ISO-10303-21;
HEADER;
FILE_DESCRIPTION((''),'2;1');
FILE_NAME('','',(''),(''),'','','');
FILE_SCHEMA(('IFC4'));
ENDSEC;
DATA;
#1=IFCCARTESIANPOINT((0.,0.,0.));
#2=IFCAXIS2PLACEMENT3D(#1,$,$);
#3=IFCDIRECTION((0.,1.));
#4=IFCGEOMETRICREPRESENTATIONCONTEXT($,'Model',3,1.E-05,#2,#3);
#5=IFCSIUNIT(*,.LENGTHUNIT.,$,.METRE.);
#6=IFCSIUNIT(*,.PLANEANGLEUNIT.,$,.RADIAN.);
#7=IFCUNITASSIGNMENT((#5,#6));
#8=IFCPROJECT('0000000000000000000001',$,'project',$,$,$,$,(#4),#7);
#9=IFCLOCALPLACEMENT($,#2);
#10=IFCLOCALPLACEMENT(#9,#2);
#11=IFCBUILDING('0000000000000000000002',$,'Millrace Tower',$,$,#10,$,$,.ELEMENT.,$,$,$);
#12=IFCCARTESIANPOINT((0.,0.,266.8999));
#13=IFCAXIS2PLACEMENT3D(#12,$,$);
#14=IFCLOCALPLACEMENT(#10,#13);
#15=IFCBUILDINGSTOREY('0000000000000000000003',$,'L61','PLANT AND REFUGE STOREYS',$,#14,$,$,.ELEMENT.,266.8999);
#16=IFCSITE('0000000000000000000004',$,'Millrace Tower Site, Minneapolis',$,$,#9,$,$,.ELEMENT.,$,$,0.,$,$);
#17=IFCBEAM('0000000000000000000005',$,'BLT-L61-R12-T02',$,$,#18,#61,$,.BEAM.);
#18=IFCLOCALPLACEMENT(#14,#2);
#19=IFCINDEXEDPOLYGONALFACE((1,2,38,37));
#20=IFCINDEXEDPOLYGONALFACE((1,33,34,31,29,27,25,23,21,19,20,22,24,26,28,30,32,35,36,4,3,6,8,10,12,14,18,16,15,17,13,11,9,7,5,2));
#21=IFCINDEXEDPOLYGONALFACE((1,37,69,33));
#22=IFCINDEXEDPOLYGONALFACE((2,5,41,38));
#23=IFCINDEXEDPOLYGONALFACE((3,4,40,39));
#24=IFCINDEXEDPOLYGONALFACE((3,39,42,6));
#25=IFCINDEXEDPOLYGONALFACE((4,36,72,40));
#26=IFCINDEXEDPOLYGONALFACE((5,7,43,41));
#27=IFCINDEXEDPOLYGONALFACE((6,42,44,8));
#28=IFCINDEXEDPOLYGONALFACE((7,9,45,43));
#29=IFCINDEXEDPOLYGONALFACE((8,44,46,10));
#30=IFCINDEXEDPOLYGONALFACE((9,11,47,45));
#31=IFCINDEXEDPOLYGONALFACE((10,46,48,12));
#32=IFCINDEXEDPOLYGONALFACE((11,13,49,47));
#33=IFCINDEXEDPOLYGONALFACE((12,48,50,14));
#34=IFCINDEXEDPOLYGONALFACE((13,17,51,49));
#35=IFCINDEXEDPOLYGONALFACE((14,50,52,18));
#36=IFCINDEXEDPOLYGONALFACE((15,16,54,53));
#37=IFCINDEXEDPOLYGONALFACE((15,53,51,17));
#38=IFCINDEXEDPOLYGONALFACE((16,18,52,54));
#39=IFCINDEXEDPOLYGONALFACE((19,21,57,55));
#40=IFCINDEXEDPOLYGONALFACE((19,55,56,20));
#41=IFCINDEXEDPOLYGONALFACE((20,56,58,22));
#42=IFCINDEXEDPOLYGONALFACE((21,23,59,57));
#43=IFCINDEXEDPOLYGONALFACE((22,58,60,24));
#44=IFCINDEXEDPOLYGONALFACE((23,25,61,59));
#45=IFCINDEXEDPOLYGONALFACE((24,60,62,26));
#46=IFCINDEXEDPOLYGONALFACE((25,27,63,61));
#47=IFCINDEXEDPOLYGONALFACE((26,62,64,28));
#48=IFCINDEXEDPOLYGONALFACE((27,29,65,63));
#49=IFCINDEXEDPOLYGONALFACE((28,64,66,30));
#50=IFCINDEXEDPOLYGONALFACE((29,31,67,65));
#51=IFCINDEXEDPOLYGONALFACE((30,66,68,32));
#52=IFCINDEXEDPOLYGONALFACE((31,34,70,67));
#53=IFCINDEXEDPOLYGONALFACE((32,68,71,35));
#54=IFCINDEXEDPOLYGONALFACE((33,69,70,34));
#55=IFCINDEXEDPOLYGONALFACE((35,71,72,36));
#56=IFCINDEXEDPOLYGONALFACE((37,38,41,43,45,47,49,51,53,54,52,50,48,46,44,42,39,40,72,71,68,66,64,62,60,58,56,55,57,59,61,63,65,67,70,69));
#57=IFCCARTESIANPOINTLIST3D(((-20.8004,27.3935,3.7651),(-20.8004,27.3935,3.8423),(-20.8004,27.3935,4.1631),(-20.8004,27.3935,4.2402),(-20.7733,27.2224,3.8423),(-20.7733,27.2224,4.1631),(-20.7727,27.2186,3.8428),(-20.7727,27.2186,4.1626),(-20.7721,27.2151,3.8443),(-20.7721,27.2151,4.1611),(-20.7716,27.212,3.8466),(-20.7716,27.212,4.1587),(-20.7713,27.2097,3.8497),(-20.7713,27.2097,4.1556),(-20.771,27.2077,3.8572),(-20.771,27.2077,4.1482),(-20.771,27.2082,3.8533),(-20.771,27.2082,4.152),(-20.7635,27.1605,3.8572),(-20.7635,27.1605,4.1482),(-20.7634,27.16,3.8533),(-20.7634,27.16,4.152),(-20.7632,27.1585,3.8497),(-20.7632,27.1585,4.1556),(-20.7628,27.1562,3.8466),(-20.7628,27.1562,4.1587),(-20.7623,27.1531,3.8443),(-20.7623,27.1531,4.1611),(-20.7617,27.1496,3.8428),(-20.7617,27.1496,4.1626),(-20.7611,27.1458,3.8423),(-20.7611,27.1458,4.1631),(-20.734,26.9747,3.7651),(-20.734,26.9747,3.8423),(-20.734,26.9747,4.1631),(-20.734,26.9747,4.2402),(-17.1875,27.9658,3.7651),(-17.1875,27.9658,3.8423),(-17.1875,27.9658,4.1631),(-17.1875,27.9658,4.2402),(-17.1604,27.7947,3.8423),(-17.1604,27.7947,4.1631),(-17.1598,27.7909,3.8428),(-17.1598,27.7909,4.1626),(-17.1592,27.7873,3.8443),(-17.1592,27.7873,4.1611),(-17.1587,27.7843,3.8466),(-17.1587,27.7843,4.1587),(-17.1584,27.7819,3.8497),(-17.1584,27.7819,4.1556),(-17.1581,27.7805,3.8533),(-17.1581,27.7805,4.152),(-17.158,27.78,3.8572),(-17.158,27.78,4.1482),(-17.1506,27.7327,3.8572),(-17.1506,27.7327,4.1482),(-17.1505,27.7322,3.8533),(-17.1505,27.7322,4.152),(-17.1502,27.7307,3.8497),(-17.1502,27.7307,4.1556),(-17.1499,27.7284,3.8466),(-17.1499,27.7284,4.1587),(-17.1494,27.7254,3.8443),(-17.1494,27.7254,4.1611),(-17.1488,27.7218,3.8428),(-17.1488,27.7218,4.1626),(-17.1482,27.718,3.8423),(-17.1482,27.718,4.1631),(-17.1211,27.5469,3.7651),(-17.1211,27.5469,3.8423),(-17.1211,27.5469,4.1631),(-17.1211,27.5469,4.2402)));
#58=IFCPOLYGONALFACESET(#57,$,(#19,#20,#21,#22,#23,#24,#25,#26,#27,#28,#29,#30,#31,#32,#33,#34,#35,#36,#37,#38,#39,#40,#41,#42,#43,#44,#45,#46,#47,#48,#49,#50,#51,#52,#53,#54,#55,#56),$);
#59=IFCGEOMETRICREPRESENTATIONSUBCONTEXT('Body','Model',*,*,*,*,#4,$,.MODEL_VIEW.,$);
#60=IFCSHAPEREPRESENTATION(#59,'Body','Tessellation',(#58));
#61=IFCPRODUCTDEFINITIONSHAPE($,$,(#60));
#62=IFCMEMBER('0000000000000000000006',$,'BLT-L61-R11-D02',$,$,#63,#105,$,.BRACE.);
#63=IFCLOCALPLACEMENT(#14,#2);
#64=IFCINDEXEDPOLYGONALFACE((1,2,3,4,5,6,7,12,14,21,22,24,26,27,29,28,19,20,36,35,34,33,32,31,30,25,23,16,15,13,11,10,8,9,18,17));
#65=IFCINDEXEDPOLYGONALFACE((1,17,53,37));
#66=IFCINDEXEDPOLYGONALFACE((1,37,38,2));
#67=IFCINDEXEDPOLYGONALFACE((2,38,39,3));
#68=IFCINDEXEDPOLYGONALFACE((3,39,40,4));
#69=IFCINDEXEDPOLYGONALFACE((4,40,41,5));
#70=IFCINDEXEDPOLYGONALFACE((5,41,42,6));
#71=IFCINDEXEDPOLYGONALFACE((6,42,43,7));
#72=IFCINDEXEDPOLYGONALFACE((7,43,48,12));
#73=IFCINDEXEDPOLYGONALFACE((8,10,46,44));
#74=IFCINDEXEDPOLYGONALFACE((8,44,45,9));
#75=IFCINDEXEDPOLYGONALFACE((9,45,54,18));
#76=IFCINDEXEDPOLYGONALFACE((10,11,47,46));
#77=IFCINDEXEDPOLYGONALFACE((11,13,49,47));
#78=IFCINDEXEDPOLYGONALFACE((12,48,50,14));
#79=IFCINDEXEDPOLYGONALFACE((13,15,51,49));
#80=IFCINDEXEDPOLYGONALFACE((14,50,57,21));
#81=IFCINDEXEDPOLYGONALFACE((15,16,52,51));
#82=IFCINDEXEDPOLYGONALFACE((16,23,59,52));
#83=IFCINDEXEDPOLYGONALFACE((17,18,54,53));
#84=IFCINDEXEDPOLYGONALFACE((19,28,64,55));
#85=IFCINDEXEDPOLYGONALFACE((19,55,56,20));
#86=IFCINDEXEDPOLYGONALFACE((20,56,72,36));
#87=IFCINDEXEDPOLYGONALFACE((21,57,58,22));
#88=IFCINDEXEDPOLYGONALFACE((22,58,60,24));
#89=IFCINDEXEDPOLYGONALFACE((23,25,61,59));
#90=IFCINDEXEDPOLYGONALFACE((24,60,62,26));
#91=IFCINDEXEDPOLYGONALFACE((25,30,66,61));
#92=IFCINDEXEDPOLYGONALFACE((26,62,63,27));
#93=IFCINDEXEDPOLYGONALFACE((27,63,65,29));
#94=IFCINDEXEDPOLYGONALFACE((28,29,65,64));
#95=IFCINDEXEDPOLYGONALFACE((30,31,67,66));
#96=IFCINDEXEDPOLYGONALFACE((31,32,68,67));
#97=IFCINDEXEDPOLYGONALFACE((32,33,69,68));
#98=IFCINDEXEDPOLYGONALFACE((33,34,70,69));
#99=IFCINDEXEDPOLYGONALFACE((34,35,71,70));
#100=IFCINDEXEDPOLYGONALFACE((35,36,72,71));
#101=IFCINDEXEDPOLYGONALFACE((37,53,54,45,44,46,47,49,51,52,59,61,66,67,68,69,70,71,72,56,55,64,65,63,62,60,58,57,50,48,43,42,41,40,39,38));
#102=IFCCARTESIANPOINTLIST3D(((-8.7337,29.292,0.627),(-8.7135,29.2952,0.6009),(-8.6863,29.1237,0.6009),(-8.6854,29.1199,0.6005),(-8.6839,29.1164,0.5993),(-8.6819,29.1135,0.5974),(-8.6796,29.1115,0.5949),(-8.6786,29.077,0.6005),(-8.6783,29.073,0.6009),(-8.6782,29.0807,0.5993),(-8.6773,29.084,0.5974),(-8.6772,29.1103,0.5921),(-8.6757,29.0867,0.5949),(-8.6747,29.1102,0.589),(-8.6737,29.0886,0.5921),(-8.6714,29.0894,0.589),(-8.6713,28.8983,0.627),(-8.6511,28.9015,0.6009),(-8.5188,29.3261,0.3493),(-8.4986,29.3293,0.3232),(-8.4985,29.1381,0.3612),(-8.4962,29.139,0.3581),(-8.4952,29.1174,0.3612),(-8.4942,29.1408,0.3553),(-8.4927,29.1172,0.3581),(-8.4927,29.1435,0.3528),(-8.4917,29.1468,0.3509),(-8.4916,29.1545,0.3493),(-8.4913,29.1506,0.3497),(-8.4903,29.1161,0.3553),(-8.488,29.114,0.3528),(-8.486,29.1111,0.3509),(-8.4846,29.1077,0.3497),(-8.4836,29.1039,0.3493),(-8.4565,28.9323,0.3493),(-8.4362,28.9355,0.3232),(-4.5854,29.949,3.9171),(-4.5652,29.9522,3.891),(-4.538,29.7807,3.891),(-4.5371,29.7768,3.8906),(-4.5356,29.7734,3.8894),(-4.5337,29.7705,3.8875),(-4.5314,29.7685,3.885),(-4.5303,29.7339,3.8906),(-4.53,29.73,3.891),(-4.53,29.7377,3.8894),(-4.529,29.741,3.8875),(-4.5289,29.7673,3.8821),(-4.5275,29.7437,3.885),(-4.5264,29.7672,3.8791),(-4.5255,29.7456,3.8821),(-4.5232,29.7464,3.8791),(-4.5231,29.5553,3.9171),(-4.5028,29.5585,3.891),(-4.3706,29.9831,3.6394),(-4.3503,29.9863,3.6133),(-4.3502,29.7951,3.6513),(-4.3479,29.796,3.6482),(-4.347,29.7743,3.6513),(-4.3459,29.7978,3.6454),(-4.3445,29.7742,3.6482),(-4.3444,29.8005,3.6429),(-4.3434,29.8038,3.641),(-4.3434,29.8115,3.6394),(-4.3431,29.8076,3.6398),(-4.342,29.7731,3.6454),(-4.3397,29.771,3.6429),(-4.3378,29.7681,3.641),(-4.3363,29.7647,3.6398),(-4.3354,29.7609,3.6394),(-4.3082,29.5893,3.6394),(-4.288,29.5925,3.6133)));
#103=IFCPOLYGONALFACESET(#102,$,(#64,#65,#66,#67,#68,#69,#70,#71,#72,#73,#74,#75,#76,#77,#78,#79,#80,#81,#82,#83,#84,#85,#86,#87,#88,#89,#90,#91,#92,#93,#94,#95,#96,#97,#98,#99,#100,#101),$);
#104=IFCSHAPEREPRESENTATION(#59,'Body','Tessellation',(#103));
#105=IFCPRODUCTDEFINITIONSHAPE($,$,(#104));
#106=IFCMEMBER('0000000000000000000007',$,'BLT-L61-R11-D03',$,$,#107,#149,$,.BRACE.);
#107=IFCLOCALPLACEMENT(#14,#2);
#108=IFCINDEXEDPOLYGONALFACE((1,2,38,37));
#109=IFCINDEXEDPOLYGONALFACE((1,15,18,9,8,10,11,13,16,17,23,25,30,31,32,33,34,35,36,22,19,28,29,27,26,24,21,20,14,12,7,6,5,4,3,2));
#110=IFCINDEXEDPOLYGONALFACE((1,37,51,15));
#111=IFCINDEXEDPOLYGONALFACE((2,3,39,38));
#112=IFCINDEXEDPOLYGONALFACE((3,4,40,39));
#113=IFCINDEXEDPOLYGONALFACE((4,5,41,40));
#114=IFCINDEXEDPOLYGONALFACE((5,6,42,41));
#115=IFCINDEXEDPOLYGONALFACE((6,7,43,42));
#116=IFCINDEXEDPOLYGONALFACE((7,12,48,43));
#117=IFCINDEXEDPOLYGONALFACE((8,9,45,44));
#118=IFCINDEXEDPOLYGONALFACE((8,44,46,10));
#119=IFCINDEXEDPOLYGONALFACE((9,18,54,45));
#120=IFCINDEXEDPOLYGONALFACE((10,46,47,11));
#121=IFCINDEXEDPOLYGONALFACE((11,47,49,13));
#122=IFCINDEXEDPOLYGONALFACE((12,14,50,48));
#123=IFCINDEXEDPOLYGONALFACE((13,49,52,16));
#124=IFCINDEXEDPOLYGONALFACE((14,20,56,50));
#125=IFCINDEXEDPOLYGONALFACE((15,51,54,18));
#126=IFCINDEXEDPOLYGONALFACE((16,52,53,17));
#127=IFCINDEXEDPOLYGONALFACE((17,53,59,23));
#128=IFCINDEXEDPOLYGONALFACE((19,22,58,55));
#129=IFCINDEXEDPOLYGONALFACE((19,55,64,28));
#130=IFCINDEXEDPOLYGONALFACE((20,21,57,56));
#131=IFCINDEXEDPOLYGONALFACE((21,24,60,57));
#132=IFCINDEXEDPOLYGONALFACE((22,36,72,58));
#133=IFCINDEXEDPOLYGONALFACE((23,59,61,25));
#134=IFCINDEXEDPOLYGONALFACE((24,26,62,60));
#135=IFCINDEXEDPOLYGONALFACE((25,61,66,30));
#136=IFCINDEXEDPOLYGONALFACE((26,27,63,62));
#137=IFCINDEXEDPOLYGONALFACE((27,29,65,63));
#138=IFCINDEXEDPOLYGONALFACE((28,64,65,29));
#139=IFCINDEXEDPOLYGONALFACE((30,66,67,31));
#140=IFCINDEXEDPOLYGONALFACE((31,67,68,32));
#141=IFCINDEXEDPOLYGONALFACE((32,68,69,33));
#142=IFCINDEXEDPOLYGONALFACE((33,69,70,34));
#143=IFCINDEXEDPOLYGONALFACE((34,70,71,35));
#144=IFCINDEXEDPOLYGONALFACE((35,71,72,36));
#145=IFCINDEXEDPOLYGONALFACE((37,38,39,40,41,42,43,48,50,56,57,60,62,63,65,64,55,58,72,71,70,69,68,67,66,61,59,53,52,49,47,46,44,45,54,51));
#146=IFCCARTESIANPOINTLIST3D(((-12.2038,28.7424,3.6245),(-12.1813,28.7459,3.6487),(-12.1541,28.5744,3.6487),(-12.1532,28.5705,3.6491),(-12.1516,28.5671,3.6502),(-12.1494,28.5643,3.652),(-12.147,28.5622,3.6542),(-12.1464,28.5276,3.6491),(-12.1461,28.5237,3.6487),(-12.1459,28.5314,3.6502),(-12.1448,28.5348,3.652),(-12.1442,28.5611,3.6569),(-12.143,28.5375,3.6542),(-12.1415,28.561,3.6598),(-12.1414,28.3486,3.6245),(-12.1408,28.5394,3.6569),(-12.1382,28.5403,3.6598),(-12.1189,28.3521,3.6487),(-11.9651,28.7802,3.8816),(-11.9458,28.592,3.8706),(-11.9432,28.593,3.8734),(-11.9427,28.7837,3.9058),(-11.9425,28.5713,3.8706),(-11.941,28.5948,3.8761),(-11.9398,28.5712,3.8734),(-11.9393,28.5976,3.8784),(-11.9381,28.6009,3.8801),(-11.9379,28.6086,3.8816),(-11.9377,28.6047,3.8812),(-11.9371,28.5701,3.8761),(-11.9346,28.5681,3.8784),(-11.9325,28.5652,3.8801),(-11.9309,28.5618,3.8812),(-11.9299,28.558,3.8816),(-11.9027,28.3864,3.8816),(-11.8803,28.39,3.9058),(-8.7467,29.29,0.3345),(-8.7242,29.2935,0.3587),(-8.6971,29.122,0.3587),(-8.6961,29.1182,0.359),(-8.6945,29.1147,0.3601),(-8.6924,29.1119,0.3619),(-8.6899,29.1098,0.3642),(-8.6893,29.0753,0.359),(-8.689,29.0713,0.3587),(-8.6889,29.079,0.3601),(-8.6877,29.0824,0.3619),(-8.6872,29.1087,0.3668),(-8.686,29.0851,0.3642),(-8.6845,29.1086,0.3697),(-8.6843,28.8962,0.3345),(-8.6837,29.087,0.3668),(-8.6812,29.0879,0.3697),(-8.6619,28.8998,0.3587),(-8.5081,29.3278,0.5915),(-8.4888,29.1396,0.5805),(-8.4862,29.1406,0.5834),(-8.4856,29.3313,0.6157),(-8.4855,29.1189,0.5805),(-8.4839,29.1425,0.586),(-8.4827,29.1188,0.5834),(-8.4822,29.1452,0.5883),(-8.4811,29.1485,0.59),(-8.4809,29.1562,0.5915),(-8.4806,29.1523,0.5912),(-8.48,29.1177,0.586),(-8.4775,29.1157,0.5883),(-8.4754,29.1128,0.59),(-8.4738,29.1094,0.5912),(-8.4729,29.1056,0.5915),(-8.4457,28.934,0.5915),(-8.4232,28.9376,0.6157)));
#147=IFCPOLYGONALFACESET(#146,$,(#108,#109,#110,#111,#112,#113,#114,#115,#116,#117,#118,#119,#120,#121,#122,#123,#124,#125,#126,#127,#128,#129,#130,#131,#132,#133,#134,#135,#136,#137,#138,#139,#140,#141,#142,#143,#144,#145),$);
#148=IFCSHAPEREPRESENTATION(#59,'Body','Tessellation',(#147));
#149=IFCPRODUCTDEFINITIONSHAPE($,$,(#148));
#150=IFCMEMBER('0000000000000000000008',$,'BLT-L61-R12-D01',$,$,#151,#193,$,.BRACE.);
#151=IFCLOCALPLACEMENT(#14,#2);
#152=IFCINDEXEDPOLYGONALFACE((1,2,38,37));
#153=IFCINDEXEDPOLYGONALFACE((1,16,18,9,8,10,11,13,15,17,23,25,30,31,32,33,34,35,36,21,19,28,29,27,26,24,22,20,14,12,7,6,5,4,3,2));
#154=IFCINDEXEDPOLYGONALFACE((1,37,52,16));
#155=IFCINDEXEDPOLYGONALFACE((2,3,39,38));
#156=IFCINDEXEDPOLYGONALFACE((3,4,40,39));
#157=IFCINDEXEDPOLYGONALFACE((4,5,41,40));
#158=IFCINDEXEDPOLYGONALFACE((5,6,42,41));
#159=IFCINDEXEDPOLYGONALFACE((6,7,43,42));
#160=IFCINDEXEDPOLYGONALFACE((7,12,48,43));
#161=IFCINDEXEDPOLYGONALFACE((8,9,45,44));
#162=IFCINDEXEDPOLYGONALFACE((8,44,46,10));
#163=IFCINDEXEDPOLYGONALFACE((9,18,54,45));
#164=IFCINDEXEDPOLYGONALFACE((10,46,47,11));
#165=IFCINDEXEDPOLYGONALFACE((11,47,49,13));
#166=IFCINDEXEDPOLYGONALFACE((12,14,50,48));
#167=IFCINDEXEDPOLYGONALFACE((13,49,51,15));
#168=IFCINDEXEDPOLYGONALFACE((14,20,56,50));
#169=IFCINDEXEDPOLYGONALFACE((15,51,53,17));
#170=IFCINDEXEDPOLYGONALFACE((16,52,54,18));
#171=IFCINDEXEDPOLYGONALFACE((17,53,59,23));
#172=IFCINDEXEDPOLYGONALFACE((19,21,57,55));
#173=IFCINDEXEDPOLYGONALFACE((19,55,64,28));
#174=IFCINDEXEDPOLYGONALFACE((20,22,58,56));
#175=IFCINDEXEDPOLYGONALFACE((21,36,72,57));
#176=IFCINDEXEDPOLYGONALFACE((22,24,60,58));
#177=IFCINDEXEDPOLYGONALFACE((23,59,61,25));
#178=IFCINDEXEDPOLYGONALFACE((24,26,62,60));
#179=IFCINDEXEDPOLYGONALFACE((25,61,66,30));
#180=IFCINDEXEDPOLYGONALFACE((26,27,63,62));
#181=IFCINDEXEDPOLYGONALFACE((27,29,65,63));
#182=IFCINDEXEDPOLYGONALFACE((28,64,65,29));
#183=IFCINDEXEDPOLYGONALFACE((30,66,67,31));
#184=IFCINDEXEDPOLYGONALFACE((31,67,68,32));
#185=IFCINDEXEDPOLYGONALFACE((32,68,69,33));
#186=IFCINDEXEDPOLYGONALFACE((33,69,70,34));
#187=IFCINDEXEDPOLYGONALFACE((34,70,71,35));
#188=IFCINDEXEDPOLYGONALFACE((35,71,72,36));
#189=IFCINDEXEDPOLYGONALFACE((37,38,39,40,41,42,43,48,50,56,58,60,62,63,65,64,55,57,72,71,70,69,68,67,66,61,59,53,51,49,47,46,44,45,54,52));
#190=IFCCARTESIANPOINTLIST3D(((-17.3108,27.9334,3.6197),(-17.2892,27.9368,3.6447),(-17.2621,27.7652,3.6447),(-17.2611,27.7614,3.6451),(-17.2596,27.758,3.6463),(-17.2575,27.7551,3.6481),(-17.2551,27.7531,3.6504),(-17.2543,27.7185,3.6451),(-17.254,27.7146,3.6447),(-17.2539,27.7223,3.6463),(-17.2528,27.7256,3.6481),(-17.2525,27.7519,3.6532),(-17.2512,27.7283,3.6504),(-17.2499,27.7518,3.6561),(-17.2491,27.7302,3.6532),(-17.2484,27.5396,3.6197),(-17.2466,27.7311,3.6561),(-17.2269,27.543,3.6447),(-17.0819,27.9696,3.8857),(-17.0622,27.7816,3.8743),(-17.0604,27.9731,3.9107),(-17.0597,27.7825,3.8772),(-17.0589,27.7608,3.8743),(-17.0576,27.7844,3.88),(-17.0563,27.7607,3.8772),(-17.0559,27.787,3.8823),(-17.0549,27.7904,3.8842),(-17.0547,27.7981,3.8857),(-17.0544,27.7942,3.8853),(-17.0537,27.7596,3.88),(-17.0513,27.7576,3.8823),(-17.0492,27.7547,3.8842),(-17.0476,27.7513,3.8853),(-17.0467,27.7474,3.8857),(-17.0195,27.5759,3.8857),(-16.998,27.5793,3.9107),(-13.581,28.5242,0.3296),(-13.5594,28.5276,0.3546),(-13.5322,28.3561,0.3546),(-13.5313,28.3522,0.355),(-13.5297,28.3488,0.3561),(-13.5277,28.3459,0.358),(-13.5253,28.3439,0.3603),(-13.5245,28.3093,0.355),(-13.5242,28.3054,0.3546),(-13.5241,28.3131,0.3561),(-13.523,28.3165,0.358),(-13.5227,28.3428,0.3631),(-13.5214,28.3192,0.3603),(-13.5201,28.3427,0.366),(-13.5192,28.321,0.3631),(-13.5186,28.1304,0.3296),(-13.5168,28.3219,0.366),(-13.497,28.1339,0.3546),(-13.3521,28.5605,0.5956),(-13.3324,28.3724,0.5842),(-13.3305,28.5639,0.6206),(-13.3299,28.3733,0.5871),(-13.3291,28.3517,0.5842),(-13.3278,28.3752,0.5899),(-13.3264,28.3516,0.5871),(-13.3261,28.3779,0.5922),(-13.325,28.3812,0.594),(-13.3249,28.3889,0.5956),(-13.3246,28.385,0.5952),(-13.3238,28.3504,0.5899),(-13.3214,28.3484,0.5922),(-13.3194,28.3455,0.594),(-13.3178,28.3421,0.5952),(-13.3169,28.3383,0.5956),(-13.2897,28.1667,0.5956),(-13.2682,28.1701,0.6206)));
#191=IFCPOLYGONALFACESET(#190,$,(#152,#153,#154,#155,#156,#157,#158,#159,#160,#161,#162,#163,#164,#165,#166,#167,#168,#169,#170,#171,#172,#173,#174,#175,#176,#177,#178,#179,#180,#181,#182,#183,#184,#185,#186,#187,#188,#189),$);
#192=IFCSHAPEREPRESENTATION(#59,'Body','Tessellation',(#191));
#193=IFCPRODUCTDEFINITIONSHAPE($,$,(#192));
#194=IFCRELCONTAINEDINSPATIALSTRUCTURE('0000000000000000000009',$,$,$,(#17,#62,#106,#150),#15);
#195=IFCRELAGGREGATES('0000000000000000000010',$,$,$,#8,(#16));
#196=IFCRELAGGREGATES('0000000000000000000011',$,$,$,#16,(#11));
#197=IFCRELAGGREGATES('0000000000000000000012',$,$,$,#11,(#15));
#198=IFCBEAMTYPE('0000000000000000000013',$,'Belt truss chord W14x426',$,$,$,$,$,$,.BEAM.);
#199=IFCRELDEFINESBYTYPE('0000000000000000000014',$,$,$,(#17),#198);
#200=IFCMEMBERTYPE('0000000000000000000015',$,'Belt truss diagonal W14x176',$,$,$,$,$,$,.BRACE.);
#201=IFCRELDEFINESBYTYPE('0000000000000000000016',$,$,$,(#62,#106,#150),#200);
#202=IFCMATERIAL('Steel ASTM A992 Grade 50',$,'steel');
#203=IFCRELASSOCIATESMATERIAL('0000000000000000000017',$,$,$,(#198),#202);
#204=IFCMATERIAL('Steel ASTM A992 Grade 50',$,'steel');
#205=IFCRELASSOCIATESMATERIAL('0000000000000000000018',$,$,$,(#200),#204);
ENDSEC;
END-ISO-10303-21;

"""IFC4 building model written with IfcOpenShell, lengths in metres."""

from ifc_helpers import new_model, si_unit, direction, frame, origin, origin_2d, place, context, subcontext, project, spatial, i_section, extrude, material, material_profile, profile_set, type_object, element, save


model = new_model("IFC4")

# Units and contexts
model_context = context("Model", 3, precision=1e-05, world=origin(), true_north=direction((0.0, 1.0)))
body_context = subcontext(model_context, "Body", "Model", "MODEL_VIEW")
ifc_project = project(units=[si_unit("LENGTHUNIT", "METRE"), si_unit("PLANEANGLEUNIT", "RADIAN")], contexts=[model_context])

# Site, building, storey
site_placement = place(None, origin())
site = spatial("IfcSite", under=ifc_project, at=site_placement, Name="Millrace Tower Site, Minneapolis", CompositionType="ELEMENT", RefElevation=0.0)
building_placement = place(site_placement, origin())
building = spatial("IfcBuilding", under=site, at=building_placement, Name="Millrace Tower", CompositionType="ELEMENT")
storey_placement = place(building_placement, frame((0.0, 0.0, 266.8999)))
storey = spatial("IfcBuildingStorey", under=building, at=storey_placement, Name="L61", Description="PLANT AND REFUGE STOREYS", CompositionType="ELEMENT", Elevation=266.8999)

# Beam
ifc_material_1 = material(Name="Steel ASTM A992 Grade 50", Category="steel")
ifc_material_profile_1 = material_profile(ifc_material_1, i_section(OverallWidth=0.4241, OverallDepth=0.4751, WebThickness=0.0479, FlangeThickness=0.0771, FilletRadius=0.0149, at=origin_2d()))
ifc_profile_set_1 = profile_set([ifc_material_profile_1], Name="Steel ASTM A992 Grade 50")
beam_type = type_object("IfcBeamType", Name="Belt truss chord W14x426", PredefinedType="BEAM", material=ifc_profile_set_1)
beam_1_placement = place(storey_placement, frame((-17.1543, 27.7563, 4.0027), z_axis=(-0.987688, -0.156439, 0.0), x_axis=(0.156439, -0.987688, 0.0)))
element("IfcBeam", 1, at=beam_1_placement, inside=storey, type_object=beam_type, Name="BLT-L61-R12-T02", PredefinedType="BEAM", context=body_context, shape_type="SweptSolid", body=[
    extrude(i_section(OverallWidth=0.4241, OverallDepth=0.4751, WebThickness=0.0479, FlangeThickness=0.0771, FilletRadius=0.0149, at=origin_2d()), origin(), (0.0, 0.0, 1.0), 3.658),
])

# Members
ifc_material_2 = material(Name="Steel ASTM A992 Grade 50", Category="steel")
ifc_material_profile_2 = material_profile(ifc_material_2, i_section(OverallWidth=0.3987, OverallDepth=0.386, WebThickness=0.021, FlangeThickness=0.0332, FilletRadius=0.0151, at=origin_2d()))
ifc_profile_set_2 = profile_set([ifc_material_profile_2], Name="Steel ASTM A992 Grade 50")
member_type_1 = type_object("IfcMemberType", Name="Belt truss diagonal W14x176", PredefinedType="BRACE", material=ifc_profile_set_2)
member_1_placement = place(storey_placement, frame((-8.585, 29.1138, 0.4751), z_axis=(0.777526, 0.123143, 0.616676), x_axis=(-0.156428, 0.987689, 0.0)))
element("IfcMember", 2, at=member_1_placement, inside=storey, type_object=member_type_1, Name="BLT-L61-R11-D02", PredefinedType="BRACE", context=body_context, shape_type="SweptSolid", body=[
    extrude(i_section(OverallWidth=0.3987, OverallDepth=0.386, WebThickness=0.021, FlangeThickness=0.0332, FilletRadius=0.0151, at=origin_2d()), origin(), (0.0, 0.0, 1.0), 5.3352),
])
member_2_placement = place(storey_placement, frame((-8.585, 29.1138, 0.4751), z_axis=(-0.719664, -0.113998, 0.6849), x_axis=(0.156453, -0.987685, 0.0)))
element("IfcMember", 3, at=member_2_placement, inside=storey, type_object=member_type_1, Name="BLT-L61-R11-D03", PredefinedType="BRACE", context=body_context, shape_type="SweptSolid", body=[
    extrude(i_section(OverallWidth=0.3987, OverallDepth=0.386, WebThickness=0.021, FlangeThickness=0.0332, FilletRadius=0.0151, at=origin_2d()), origin(), (0.0, 0.0, 1.0), 4.8037),
])
member_3_placement = place(storey_placement, frame((-13.4246, 28.3472, 0.4751), z_axis=(-0.744692, -0.117965, 0.6569), x_axis=(0.156457, -0.987685, 0.0)))
element("IfcMember", 4, at=member_3_placement, inside=storey, type_object=member_type_1, Name="BLT-L61-R12-D01", PredefinedType="BRACE", context=body_context, shape_type="SweptSolid", body=[
    extrude(i_section(OverallWidth=0.3987, OverallDepth=0.386, WebThickness=0.021, FlangeThickness=0.0332, FilletRadius=0.0151, at=origin_2d()), origin(), (0.0, 0.0, 1.0), 5.0085),
])

save(model, "model.ifc")
